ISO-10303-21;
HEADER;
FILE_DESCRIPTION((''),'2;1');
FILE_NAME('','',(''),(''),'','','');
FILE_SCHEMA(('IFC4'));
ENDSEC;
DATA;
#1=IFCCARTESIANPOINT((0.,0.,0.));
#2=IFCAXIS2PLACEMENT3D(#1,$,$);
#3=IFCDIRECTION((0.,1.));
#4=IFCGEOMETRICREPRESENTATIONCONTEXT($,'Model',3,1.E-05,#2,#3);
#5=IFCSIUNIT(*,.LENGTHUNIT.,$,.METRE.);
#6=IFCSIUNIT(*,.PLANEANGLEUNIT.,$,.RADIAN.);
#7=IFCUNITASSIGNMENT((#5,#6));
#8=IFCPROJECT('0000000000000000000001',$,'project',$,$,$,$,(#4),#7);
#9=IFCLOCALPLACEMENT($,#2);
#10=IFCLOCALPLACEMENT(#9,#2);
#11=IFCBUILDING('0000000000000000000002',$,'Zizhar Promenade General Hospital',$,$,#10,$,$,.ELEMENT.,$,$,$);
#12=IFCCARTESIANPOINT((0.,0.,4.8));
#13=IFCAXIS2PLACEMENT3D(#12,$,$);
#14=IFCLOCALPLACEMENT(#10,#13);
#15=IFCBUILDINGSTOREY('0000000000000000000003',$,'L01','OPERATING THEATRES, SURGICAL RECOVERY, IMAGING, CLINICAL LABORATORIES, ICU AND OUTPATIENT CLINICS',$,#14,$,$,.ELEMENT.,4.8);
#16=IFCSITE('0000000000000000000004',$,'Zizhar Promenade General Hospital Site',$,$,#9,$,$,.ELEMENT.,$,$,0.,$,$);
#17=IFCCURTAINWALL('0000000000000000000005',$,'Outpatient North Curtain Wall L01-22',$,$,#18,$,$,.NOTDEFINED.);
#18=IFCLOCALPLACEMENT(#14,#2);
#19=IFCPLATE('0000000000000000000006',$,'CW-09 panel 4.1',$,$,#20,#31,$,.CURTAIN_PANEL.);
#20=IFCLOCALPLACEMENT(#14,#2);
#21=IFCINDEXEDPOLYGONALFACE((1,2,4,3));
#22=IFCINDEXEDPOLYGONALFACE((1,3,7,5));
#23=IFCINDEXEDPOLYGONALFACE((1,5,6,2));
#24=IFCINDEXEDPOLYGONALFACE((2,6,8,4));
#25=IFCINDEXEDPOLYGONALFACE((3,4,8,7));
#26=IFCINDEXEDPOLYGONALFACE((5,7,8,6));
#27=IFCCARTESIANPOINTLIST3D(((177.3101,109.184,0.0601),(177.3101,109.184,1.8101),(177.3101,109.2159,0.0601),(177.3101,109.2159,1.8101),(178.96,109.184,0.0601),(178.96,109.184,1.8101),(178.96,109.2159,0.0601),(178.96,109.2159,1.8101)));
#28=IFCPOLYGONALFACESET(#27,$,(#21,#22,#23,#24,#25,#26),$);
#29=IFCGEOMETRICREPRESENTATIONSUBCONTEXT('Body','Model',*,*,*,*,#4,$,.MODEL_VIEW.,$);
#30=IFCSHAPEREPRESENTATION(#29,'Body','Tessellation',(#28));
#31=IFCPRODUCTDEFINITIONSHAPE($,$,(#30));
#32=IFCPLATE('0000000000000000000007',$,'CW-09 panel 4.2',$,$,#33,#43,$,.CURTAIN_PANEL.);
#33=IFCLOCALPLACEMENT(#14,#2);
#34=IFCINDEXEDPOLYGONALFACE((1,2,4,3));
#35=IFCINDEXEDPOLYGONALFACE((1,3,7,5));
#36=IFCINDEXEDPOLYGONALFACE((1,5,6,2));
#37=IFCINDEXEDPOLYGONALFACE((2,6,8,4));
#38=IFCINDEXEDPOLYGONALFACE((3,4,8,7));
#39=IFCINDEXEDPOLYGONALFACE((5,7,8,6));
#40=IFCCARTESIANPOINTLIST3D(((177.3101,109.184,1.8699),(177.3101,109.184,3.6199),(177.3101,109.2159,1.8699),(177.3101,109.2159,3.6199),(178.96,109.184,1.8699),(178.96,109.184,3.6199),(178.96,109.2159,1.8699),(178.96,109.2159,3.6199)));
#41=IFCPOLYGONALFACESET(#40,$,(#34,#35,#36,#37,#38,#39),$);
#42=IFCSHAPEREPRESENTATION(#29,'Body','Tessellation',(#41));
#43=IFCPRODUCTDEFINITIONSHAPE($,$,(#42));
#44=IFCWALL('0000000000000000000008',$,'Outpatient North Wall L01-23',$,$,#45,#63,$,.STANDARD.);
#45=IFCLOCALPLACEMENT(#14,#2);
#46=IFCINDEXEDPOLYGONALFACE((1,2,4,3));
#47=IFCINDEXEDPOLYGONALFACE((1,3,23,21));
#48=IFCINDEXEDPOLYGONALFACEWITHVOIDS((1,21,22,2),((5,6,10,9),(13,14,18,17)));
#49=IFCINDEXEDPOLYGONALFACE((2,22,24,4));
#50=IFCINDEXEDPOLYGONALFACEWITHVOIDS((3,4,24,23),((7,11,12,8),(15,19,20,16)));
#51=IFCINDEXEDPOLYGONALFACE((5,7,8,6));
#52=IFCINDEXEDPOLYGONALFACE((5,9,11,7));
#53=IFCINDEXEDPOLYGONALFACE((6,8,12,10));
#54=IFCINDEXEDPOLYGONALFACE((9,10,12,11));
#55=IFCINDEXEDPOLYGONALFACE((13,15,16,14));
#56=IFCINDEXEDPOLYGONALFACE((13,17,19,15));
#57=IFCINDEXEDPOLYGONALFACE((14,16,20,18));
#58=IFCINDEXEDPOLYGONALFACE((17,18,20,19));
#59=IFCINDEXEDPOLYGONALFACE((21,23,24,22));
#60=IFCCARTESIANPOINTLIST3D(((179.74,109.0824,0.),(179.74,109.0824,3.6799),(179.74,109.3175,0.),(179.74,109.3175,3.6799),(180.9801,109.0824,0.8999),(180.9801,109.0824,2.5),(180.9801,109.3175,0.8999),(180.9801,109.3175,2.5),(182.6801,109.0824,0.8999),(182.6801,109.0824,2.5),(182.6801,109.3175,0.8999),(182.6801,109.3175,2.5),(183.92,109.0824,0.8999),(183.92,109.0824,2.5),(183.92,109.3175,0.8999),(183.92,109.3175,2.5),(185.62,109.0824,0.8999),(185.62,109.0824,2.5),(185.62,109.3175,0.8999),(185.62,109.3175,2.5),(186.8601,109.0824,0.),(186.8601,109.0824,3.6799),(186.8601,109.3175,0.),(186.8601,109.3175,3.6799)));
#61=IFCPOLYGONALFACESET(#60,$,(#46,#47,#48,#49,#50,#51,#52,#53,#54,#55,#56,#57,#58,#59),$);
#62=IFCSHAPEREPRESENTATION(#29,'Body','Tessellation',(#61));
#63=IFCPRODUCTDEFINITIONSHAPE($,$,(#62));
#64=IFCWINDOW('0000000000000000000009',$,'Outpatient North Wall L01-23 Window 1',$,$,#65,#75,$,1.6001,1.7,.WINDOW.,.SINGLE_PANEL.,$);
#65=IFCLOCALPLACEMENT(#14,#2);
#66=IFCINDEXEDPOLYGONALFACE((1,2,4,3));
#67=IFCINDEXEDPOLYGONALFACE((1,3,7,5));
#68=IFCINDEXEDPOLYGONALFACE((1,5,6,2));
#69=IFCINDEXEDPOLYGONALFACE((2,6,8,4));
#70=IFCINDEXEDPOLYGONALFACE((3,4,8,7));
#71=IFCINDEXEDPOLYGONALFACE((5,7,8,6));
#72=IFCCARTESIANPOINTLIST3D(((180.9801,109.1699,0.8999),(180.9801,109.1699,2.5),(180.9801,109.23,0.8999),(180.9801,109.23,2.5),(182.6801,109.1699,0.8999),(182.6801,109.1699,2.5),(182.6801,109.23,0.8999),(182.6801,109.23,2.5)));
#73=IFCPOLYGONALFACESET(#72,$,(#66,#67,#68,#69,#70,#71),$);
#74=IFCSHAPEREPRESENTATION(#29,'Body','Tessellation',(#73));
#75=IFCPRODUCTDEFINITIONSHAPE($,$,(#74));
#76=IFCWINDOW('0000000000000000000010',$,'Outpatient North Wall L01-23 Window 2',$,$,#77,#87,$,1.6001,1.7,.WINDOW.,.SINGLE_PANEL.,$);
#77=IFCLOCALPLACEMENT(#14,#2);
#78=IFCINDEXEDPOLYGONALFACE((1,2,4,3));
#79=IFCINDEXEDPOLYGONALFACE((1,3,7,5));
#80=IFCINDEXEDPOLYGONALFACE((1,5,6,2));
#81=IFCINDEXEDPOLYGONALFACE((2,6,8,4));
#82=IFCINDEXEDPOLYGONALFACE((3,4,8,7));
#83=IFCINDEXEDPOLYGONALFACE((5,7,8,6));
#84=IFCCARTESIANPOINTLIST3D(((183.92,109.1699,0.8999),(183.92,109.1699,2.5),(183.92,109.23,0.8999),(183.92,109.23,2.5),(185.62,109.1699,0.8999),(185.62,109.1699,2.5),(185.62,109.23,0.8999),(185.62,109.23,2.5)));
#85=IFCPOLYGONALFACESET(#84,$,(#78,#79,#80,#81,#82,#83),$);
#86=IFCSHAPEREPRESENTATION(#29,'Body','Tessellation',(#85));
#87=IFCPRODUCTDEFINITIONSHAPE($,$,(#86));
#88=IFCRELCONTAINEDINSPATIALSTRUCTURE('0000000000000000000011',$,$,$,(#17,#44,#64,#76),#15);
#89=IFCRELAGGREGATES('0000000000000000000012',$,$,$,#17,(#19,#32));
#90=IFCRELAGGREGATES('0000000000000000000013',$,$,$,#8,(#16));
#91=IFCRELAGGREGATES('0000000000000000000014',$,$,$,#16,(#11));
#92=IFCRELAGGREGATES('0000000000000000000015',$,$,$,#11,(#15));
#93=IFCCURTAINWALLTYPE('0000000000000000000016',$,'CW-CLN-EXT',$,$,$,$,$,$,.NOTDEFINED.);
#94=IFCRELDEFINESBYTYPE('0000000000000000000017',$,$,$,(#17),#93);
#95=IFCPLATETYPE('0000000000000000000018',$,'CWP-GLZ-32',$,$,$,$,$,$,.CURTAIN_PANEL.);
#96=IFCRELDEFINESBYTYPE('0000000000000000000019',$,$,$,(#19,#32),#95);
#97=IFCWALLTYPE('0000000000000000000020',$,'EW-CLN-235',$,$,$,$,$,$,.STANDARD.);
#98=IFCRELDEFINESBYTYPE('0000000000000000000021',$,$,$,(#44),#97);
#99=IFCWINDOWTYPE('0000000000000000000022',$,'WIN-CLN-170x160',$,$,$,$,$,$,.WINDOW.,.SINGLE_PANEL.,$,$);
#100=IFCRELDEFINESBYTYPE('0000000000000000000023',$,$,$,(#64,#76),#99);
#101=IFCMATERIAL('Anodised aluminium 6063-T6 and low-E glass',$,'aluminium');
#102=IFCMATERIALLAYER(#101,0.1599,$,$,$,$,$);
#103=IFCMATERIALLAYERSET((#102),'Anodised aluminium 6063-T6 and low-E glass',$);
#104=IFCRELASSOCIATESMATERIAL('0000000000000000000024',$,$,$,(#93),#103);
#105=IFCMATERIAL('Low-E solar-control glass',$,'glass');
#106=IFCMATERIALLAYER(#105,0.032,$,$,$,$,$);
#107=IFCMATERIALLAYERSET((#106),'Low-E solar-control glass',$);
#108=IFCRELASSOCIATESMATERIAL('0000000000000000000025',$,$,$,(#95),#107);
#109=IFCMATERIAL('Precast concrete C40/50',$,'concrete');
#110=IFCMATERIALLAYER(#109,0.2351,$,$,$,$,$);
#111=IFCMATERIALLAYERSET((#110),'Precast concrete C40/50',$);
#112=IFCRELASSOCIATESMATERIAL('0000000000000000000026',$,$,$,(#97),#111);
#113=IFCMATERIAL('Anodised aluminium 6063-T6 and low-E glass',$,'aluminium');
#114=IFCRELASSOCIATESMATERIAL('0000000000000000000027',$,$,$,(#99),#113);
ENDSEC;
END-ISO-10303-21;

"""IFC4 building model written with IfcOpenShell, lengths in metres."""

from ifc_helpers import new_model, si_unit, direction, frame, frame_2d, origin, origin_2d, place, context, subcontext, project, spatial, rectangle, extrude, material, layer, layer_set, type_object, element, fill, aggregate, save


model = new_model("IFC4")

# Units and contexts
model_context = context("Model", 3, precision=1e-05, world=origin(), true_north=direction((0.0, 1.0)))
body_context = subcontext(model_context, "Body", "Model", "MODEL_VIEW")
ifc_project = project(units=[si_unit("LENGTHUNIT", "METRE"), si_unit("PLANEANGLEUNIT", "RADIAN")], contexts=[model_context])

# Site, building, storey
site_placement = place(None, origin())
site = spatial("IfcSite", under=ifc_project, at=site_placement, Name="Zizhar Promenade General Hospital Site", CompositionType="ELEMENT", RefElevation=0.0)
building_placement = place(site_placement, origin())
building = spatial("IfcBuilding", under=site, at=building_placement, Name="Zizhar Promenade General Hospital", CompositionType="ELEMENT")
storey_placement = place(building_placement, frame((0.0, 0.0, 4.8)))
storey = spatial("IfcBuildingStorey", under=building, at=storey_placement, Name="L01", Description="OPERATING THEATRES, SURGICAL RECOVERY, IMAGING, CLINICAL LABORATORIES, ICU AND OUTPATIENT CLINICS", CompositionType="ELEMENT", Elevation=4.8)

# Curtain wall
ifc_material_1 = material(Name="Anodised aluminium 6063-T6 and low-E glass", Category="aluminium")
ifc_layer_1 = layer(ifc_material_1, 0.1599)
ifc_layer_set_1 = layer_set([ifc_layer_1], Name="Anodised aluminium 6063-T6 and low-E glass")
curtain_wall_type = type_object("IfcCurtainWallType", Name="CW-CLN-EXT", PredefinedType="NOTDEFINED", material=ifc_layer_set_1)
curtain_wall_1_placement = place(storey_placement, origin())
curtain_wall_1 = element("IfcCurtainWall", 1, at=curtain_wall_1_placement, inside=storey, type_object=curtain_wall_type, Name="Outpatient North Curtain Wall L01-22", PredefinedType="NOTDEFINED")

# Plates
ifc_material_2 = material(Name="Low-E solar-control glass", Category="glass")
ifc_layer_2 = layer(ifc_material_2, 0.032)
ifc_layer_set_2 = layer_set([ifc_layer_2], Name="Low-E solar-control glass")
plate_type = type_object("IfcPlateType", Name="CWP-GLZ-32", PredefinedType="CURTAIN_PANEL", material=ifc_layer_set_2)
plate_1_placement = place(storey_placement, frame((178.135, 109.2, 0.0601), z_axis=(0.0, 0.0, 1.0), x_axis=(1.0, 0.0, 0.0)))
plate_1 = element("IfcPlate", 2, at=plate_1_placement, type_object=plate_type, Name="CW-09 panel 4.1", PredefinedType="CURTAIN_PANEL", context=body_context, shape_type="SweptSolid", body=[
    extrude(rectangle(XDim=1.6499, YDim=0.032, at=origin_2d()), origin(), (0.0, 0.0, 1.0), 1.75),
])
plate_2_placement = place(storey_placement, frame((178.135, 109.2, 1.8699), z_axis=(0.0, 0.0, 1.0), x_axis=(1.0, 0.0, 0.0)))
plate_2 = element("IfcPlate", 3, at=plate_2_placement, type_object=plate_type, Name="CW-09 panel 4.2", PredefinedType="CURTAIN_PANEL", context=body_context, shape_type="SweptSolid", body=[
    extrude(rectangle(XDim=1.6499, YDim=0.032, at=origin_2d()), origin(), (0.0, 0.0, 1.0), 1.75),
])
aggregate(curtain_wall_1, [plate_1, plate_2])

# Wall, openings, windows
ifc_material_3 = material(Name="Precast concrete C40/50", Category="concrete")
ifc_layer_3 = layer(ifc_material_3, 0.2351)
ifc_layer_set_3 = layer_set([ifc_layer_3], Name="Precast concrete C40/50")
wall_type = type_object("IfcWallType", Name="EW-CLN-235", PredefinedType="STANDARD", material=ifc_layer_set_3)
wall_placement = place(storey_placement, frame((179.74, 109.2, 0.0), z_axis=(0.0, 0.0, 1.0), x_axis=(1.0, 0.0, 0.0)))
wall = element("IfcWall", 4, at=wall_placement, inside=storey, type_object=wall_type, Name="Outpatient North Wall L01-23", PredefinedType="STANDARD", context=body_context, shape_type="SweptSolid", body=[
    extrude(rectangle(XDim=7.1201, YDim=0.2351, at=frame_2d((3.5601, 0.0))), origin(), (0.0, 0.0, 1.0), 3.6799),
])
opening_1_placement = place(wall_placement, frame((1.24, 0.0, 0.8999)))
opening_1 = element("IfcOpeningElement", 5, at=opening_1_placement, cuts=wall, PredefinedType="OPENING", context=body_context, shape_type="SweptSolid", body=[
    extrude(rectangle(XDim=1.7, YDim=1.6001, at=frame_2d((0.8501, 0.8))), frame((0.0, 0.1274, 0.0), z_axis=(0.0, -1.0, 0.0), x_axis=(1.0, 0.0, 0.0)), (0.0, 0.0, 1.0), 0.2551),
])
opening_2_placement = place(wall_placement, frame((4.1799, 0.0, 0.8999)))
opening_2 = element("IfcOpeningElement", 6, at=opening_2_placement, cuts=wall, PredefinedType="OPENING", context=body_context, shape_type="SweptSolid", body=[
    extrude(rectangle(XDim=1.7, YDim=1.6001, at=frame_2d((0.8501, 0.8))), frame((0.0, 0.1274, 0.0), z_axis=(0.0, -1.0, 0.0), x_axis=(1.0, 0.0, 0.0)), (0.0, 0.0, 1.0), 0.2551),
])
ifc_material_4 = material(Name="Anodised aluminium 6063-T6 and low-E glass", Category="aluminium")
window_type = type_object("IfcWindowType", Name="WIN-CLN-170x160", PartitioningType="SINGLE_PANEL", PredefinedType="WINDOW", material=ifc_material_4)
window_1_placement = place(opening_1_placement, origin())
window_1 = element("IfcWindow", 7, at=window_1_placement, inside=storey, type_object=window_type, Name="Outpatient North Wall L01-23 Window 1", OverallHeight=1.6001, OverallWidth=1.7, PartitioningType="SINGLE_PANEL", PredefinedType="WINDOW", context=body_context, shape_type="SweptSolid", body=[
    extrude(rectangle(XDim=1.7, YDim=1.6001, at=frame_2d((0.8501, 0.8))), frame((0.0, 0.03, 0.0), z_axis=(0.0, -1.0, 0.0), x_axis=(1.0, 0.0, 0.0)), (0.0, 0.0, 1.0), 0.0601),
])
fill(opening_1, window_1)
window_2_placement = place(opening_2_placement, origin())
window_2 = element("IfcWindow", 8, at=window_2_placement, inside=storey, type_object=window_type, Name="Outpatient North Wall L01-23 Window 2", OverallHeight=1.6001, OverallWidth=1.7, PartitioningType="SINGLE_PANEL", PredefinedType="WINDOW", context=body_context, shape_type="SweptSolid", body=[
    extrude(rectangle(XDim=1.7, YDim=1.6001, at=frame_2d((0.8501, 0.8))), frame((0.0, 0.03, 0.0), z_axis=(0.0, -1.0, 0.0), x_axis=(1.0, 0.0, 0.0)), (0.0, 0.0, 1.0), 0.0601),
])
fill(opening_2, window_2)

save(model, "model.ifc")
